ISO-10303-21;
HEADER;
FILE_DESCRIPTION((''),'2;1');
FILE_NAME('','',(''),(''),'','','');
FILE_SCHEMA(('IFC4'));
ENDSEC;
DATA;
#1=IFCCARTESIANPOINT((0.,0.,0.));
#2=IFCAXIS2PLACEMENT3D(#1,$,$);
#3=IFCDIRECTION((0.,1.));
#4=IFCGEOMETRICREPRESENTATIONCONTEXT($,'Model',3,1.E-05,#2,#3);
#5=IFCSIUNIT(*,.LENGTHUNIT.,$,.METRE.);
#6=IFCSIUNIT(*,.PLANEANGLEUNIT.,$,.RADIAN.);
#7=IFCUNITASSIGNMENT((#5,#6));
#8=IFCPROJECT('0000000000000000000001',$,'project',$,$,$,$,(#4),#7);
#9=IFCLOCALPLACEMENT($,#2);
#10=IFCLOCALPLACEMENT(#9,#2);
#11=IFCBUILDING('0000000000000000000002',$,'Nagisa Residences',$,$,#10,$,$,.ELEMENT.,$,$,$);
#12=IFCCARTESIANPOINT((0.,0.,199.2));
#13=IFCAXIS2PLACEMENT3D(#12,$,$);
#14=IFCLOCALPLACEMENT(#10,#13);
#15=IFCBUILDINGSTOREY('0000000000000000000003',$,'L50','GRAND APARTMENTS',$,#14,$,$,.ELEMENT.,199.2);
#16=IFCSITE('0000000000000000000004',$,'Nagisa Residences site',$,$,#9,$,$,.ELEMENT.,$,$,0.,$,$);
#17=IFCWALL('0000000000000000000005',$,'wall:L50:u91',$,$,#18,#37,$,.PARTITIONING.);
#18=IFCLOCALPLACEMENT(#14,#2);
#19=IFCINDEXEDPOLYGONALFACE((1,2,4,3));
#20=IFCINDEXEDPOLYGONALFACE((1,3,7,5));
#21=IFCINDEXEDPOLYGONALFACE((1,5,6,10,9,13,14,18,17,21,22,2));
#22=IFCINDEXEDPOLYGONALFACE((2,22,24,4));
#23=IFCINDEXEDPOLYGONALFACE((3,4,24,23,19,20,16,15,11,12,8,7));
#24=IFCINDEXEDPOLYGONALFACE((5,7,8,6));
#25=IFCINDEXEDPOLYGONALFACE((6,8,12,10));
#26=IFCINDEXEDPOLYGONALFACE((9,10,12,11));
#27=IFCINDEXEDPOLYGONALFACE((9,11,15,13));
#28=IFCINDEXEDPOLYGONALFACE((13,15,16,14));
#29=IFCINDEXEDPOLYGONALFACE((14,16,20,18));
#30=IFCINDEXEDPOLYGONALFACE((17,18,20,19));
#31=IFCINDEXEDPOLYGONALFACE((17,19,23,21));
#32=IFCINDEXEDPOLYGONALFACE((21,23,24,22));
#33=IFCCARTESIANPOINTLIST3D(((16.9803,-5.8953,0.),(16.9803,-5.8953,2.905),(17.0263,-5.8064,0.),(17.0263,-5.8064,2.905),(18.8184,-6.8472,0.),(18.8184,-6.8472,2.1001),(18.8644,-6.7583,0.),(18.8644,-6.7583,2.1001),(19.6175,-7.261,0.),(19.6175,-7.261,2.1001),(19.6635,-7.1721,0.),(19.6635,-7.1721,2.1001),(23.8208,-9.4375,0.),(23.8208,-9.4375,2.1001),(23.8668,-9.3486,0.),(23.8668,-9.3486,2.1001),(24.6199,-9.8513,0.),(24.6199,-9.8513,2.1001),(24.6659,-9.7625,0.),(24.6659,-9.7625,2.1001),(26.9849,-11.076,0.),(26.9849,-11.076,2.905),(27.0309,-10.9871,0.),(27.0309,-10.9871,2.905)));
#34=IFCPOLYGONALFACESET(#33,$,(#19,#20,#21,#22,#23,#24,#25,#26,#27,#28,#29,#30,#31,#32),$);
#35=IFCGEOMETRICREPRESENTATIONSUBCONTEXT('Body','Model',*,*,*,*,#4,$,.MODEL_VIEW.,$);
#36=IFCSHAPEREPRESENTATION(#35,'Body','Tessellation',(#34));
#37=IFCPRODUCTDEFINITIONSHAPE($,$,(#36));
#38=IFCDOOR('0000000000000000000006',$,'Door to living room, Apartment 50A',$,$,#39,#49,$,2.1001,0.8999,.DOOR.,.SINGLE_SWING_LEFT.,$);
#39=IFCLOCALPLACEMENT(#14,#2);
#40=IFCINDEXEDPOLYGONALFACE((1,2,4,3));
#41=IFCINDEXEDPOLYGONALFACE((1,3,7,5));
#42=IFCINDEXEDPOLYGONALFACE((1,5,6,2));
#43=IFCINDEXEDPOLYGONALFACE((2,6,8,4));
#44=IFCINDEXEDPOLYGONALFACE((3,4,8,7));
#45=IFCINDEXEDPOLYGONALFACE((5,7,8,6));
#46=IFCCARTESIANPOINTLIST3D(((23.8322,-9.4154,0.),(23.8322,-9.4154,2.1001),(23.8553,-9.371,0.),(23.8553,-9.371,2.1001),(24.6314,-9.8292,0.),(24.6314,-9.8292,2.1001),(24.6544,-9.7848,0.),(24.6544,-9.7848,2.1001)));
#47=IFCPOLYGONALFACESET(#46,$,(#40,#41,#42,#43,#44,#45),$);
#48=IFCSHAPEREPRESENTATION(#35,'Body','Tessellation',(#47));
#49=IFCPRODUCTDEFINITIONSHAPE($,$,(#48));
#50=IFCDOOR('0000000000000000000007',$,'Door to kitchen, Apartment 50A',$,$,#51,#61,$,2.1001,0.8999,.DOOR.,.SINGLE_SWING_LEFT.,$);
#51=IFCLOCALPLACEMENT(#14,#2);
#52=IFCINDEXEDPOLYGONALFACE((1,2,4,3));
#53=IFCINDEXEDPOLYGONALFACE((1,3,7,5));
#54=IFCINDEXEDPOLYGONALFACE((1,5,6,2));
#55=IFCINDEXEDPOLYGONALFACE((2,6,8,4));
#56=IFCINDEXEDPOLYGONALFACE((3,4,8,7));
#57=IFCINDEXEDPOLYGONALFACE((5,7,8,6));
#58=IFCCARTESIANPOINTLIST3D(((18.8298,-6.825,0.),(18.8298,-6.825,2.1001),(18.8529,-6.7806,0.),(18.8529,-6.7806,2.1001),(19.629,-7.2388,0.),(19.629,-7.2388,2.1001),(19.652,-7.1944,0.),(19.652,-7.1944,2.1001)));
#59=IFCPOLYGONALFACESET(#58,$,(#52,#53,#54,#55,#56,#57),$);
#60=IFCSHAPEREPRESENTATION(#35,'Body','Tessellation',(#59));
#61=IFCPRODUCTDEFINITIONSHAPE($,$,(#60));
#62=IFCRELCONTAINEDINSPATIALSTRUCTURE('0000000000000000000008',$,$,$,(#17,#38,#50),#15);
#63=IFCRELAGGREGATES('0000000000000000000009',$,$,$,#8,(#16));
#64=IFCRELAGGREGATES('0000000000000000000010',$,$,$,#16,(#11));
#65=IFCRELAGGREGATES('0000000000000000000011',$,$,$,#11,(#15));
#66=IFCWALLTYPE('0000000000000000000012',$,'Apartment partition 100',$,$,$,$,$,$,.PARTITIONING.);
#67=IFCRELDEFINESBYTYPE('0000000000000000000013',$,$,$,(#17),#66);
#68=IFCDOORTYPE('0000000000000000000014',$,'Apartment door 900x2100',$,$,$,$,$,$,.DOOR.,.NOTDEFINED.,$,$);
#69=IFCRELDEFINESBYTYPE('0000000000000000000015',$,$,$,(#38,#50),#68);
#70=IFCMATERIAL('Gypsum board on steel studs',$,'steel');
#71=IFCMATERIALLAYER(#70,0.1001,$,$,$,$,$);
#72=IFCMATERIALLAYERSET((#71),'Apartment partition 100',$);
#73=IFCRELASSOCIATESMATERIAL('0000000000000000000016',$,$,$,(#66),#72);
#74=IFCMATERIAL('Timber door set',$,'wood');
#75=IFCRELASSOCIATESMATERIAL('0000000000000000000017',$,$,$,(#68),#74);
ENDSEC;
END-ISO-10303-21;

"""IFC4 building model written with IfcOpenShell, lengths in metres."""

from ifc_helpers import new_model, si_unit, direction, frame, frame_2d, origin, place, context, subcontext, project, spatial, rectangle, extrude, material, layer, layer_set, type_object, element, fill, save


model = new_model("IFC4")

# Units and contexts
model_context = context("Model", 3, precision=1e-05, world=origin(), true_north=direction((0.0, 1.0)))
body_context = subcontext(model_context, "Body", "Model", "MODEL_VIEW")
ifc_project = project(units=[si_unit("LENGTHUNIT", "METRE"), si_unit("PLANEANGLEUNIT", "RADIAN")], contexts=[model_context])

# Site, building, storey
site_placement = place(None, origin())
site = spatial("IfcSite", under=ifc_project, at=site_placement, Name="Nagisa Residences site", CompositionType="ELEMENT", RefElevation=0.0)
building_placement = place(site_placement, origin())
building = spatial("IfcBuilding", under=site, at=building_placement, Name="Nagisa Residences", CompositionType="ELEMENT")
storey_placement = place(building_placement, frame((0.0, 0.0, 199.2)))
storey = spatial("IfcBuildingStorey", under=building, at=storey_placement, Name="L50", Description="GRAND APARTMENTS", CompositionType="ELEMENT", Elevation=199.2)

# Shared definitions
ifc_material_1 = material(Name="Gypsum board on steel studs", Category="steel")
ifc_layer_1 = layer(ifc_material_1, 0.1001)
ifc_layer_set_1 = layer_set([ifc_layer_1], Name="Apartment partition 100")
wall_type_1 = type_object("IfcWallType", Name="Apartment partition 100", PredefinedType="PARTITIONING", material=ifc_layer_set_1)
ifc_material_2 = material(Name="Timber door set", Category="wood")
door_type_1 = type_object("IfcDoorType", Name="Apartment door 900x2100", OperationType="NOTDEFINED", PredefinedType="DOOR", material=ifc_material_2)

# Wall, openings, doors
wall_1_placement = place(storey_placement, frame((17.0032, -5.8508, 0.0), z_axis=(0.0, 0.0, 1.0), x_axis=(0.888006, -0.459833, 0.0)))
wall_1 = element("IfcWall", 1, at=wall_1_placement, inside=storey, type_object=wall_type_1, Name="wall:L50:u91", PredefinedType="PARTITIONING", context=body_context, shape_type="SweptSolid", body=[
    extrude(rectangle(XDim=11.2664, YDim=0.1001, at=frame_2d((5.6333, 0.0))), origin(), (0.0, 0.0, 1.0), 2.905),
])
opening_1_placement = place(wall_1_placement, frame((7.7034, 0.0, 0.0)))
opening_1 = element("IfcOpeningElement", 2, at=opening_1_placement, cuts=wall_1, PredefinedType="OPENING", context=body_context, shape_type="SweptSolid", body=[
    extrude(rectangle(XDim=0.8999, YDim=2.1001, at=frame_2d((0.45, 1.05))), frame((0.0, 0.0601, 0.0), z_axis=(0.0, -1.0, 0.0), x_axis=(1.0, 0.0, 0.0)), (0.0, 0.0, 1.0), 0.1201),
])
opening_2_placement = place(wall_1_placement, frame((2.0701, 0.0, 0.0)))
opening_2 = element("IfcOpeningElement", 3, at=opening_2_placement, cuts=wall_1, PredefinedType="OPENING", context=body_context, shape_type="SweptSolid", body=[
    extrude(rectangle(XDim=0.8999, YDim=2.1001, at=frame_2d((0.45, 1.05))), frame((0.0, 0.0601, 0.0), z_axis=(0.0, -1.0, 0.0), x_axis=(1.0, 0.0, 0.0)), (0.0, 0.0, 1.0), 0.1201),
])
door_1_placement = place(opening_1_placement, origin())
door_1 = element("IfcDoor", 4, at=door_1_placement, inside=storey, type_object=door_type_1, Name="Door to living room, Apartment 50A", OperationType="SINGLE_SWING_LEFT", OverallHeight=2.1001, OverallWidth=0.8999, PredefinedType="DOOR", context=body_context, shape_type="SweptSolid", body=[
    extrude(rectangle(XDim=0.8999, YDim=2.1001, at=frame_2d((0.45, 1.05))), frame((0.0, 0.0249, 0.0), z_axis=(0.0, -1.0, 0.0), x_axis=(1.0, 0.0, 0.0)), (0.0, 0.0, 1.0), 0.05),
])
fill(opening_1, door_1)
door_2_placement = place(opening_2_placement, origin())
door_2 = element("IfcDoor", 5, at=door_2_placement, inside=storey, type_object=door_type_1, Name="Door to kitchen, Apartment 50A", OperationType="SINGLE_SWING_LEFT", OverallHeight=2.1001, OverallWidth=0.8999, PredefinedType="DOOR", context=body_context, shape_type="SweptSolid", body=[
    extrude(rectangle(XDim=0.8999, YDim=2.1001, at=frame_2d((0.45, 1.05))), frame((0.0, 0.0249, 0.0), z_axis=(0.0, -1.0, 0.0), x_axis=(1.0, 0.0, 0.0)), (0.0, 0.0, 1.0), 0.05),
])
fill(opening_2, door_2)

save(model, "model.ifc")
